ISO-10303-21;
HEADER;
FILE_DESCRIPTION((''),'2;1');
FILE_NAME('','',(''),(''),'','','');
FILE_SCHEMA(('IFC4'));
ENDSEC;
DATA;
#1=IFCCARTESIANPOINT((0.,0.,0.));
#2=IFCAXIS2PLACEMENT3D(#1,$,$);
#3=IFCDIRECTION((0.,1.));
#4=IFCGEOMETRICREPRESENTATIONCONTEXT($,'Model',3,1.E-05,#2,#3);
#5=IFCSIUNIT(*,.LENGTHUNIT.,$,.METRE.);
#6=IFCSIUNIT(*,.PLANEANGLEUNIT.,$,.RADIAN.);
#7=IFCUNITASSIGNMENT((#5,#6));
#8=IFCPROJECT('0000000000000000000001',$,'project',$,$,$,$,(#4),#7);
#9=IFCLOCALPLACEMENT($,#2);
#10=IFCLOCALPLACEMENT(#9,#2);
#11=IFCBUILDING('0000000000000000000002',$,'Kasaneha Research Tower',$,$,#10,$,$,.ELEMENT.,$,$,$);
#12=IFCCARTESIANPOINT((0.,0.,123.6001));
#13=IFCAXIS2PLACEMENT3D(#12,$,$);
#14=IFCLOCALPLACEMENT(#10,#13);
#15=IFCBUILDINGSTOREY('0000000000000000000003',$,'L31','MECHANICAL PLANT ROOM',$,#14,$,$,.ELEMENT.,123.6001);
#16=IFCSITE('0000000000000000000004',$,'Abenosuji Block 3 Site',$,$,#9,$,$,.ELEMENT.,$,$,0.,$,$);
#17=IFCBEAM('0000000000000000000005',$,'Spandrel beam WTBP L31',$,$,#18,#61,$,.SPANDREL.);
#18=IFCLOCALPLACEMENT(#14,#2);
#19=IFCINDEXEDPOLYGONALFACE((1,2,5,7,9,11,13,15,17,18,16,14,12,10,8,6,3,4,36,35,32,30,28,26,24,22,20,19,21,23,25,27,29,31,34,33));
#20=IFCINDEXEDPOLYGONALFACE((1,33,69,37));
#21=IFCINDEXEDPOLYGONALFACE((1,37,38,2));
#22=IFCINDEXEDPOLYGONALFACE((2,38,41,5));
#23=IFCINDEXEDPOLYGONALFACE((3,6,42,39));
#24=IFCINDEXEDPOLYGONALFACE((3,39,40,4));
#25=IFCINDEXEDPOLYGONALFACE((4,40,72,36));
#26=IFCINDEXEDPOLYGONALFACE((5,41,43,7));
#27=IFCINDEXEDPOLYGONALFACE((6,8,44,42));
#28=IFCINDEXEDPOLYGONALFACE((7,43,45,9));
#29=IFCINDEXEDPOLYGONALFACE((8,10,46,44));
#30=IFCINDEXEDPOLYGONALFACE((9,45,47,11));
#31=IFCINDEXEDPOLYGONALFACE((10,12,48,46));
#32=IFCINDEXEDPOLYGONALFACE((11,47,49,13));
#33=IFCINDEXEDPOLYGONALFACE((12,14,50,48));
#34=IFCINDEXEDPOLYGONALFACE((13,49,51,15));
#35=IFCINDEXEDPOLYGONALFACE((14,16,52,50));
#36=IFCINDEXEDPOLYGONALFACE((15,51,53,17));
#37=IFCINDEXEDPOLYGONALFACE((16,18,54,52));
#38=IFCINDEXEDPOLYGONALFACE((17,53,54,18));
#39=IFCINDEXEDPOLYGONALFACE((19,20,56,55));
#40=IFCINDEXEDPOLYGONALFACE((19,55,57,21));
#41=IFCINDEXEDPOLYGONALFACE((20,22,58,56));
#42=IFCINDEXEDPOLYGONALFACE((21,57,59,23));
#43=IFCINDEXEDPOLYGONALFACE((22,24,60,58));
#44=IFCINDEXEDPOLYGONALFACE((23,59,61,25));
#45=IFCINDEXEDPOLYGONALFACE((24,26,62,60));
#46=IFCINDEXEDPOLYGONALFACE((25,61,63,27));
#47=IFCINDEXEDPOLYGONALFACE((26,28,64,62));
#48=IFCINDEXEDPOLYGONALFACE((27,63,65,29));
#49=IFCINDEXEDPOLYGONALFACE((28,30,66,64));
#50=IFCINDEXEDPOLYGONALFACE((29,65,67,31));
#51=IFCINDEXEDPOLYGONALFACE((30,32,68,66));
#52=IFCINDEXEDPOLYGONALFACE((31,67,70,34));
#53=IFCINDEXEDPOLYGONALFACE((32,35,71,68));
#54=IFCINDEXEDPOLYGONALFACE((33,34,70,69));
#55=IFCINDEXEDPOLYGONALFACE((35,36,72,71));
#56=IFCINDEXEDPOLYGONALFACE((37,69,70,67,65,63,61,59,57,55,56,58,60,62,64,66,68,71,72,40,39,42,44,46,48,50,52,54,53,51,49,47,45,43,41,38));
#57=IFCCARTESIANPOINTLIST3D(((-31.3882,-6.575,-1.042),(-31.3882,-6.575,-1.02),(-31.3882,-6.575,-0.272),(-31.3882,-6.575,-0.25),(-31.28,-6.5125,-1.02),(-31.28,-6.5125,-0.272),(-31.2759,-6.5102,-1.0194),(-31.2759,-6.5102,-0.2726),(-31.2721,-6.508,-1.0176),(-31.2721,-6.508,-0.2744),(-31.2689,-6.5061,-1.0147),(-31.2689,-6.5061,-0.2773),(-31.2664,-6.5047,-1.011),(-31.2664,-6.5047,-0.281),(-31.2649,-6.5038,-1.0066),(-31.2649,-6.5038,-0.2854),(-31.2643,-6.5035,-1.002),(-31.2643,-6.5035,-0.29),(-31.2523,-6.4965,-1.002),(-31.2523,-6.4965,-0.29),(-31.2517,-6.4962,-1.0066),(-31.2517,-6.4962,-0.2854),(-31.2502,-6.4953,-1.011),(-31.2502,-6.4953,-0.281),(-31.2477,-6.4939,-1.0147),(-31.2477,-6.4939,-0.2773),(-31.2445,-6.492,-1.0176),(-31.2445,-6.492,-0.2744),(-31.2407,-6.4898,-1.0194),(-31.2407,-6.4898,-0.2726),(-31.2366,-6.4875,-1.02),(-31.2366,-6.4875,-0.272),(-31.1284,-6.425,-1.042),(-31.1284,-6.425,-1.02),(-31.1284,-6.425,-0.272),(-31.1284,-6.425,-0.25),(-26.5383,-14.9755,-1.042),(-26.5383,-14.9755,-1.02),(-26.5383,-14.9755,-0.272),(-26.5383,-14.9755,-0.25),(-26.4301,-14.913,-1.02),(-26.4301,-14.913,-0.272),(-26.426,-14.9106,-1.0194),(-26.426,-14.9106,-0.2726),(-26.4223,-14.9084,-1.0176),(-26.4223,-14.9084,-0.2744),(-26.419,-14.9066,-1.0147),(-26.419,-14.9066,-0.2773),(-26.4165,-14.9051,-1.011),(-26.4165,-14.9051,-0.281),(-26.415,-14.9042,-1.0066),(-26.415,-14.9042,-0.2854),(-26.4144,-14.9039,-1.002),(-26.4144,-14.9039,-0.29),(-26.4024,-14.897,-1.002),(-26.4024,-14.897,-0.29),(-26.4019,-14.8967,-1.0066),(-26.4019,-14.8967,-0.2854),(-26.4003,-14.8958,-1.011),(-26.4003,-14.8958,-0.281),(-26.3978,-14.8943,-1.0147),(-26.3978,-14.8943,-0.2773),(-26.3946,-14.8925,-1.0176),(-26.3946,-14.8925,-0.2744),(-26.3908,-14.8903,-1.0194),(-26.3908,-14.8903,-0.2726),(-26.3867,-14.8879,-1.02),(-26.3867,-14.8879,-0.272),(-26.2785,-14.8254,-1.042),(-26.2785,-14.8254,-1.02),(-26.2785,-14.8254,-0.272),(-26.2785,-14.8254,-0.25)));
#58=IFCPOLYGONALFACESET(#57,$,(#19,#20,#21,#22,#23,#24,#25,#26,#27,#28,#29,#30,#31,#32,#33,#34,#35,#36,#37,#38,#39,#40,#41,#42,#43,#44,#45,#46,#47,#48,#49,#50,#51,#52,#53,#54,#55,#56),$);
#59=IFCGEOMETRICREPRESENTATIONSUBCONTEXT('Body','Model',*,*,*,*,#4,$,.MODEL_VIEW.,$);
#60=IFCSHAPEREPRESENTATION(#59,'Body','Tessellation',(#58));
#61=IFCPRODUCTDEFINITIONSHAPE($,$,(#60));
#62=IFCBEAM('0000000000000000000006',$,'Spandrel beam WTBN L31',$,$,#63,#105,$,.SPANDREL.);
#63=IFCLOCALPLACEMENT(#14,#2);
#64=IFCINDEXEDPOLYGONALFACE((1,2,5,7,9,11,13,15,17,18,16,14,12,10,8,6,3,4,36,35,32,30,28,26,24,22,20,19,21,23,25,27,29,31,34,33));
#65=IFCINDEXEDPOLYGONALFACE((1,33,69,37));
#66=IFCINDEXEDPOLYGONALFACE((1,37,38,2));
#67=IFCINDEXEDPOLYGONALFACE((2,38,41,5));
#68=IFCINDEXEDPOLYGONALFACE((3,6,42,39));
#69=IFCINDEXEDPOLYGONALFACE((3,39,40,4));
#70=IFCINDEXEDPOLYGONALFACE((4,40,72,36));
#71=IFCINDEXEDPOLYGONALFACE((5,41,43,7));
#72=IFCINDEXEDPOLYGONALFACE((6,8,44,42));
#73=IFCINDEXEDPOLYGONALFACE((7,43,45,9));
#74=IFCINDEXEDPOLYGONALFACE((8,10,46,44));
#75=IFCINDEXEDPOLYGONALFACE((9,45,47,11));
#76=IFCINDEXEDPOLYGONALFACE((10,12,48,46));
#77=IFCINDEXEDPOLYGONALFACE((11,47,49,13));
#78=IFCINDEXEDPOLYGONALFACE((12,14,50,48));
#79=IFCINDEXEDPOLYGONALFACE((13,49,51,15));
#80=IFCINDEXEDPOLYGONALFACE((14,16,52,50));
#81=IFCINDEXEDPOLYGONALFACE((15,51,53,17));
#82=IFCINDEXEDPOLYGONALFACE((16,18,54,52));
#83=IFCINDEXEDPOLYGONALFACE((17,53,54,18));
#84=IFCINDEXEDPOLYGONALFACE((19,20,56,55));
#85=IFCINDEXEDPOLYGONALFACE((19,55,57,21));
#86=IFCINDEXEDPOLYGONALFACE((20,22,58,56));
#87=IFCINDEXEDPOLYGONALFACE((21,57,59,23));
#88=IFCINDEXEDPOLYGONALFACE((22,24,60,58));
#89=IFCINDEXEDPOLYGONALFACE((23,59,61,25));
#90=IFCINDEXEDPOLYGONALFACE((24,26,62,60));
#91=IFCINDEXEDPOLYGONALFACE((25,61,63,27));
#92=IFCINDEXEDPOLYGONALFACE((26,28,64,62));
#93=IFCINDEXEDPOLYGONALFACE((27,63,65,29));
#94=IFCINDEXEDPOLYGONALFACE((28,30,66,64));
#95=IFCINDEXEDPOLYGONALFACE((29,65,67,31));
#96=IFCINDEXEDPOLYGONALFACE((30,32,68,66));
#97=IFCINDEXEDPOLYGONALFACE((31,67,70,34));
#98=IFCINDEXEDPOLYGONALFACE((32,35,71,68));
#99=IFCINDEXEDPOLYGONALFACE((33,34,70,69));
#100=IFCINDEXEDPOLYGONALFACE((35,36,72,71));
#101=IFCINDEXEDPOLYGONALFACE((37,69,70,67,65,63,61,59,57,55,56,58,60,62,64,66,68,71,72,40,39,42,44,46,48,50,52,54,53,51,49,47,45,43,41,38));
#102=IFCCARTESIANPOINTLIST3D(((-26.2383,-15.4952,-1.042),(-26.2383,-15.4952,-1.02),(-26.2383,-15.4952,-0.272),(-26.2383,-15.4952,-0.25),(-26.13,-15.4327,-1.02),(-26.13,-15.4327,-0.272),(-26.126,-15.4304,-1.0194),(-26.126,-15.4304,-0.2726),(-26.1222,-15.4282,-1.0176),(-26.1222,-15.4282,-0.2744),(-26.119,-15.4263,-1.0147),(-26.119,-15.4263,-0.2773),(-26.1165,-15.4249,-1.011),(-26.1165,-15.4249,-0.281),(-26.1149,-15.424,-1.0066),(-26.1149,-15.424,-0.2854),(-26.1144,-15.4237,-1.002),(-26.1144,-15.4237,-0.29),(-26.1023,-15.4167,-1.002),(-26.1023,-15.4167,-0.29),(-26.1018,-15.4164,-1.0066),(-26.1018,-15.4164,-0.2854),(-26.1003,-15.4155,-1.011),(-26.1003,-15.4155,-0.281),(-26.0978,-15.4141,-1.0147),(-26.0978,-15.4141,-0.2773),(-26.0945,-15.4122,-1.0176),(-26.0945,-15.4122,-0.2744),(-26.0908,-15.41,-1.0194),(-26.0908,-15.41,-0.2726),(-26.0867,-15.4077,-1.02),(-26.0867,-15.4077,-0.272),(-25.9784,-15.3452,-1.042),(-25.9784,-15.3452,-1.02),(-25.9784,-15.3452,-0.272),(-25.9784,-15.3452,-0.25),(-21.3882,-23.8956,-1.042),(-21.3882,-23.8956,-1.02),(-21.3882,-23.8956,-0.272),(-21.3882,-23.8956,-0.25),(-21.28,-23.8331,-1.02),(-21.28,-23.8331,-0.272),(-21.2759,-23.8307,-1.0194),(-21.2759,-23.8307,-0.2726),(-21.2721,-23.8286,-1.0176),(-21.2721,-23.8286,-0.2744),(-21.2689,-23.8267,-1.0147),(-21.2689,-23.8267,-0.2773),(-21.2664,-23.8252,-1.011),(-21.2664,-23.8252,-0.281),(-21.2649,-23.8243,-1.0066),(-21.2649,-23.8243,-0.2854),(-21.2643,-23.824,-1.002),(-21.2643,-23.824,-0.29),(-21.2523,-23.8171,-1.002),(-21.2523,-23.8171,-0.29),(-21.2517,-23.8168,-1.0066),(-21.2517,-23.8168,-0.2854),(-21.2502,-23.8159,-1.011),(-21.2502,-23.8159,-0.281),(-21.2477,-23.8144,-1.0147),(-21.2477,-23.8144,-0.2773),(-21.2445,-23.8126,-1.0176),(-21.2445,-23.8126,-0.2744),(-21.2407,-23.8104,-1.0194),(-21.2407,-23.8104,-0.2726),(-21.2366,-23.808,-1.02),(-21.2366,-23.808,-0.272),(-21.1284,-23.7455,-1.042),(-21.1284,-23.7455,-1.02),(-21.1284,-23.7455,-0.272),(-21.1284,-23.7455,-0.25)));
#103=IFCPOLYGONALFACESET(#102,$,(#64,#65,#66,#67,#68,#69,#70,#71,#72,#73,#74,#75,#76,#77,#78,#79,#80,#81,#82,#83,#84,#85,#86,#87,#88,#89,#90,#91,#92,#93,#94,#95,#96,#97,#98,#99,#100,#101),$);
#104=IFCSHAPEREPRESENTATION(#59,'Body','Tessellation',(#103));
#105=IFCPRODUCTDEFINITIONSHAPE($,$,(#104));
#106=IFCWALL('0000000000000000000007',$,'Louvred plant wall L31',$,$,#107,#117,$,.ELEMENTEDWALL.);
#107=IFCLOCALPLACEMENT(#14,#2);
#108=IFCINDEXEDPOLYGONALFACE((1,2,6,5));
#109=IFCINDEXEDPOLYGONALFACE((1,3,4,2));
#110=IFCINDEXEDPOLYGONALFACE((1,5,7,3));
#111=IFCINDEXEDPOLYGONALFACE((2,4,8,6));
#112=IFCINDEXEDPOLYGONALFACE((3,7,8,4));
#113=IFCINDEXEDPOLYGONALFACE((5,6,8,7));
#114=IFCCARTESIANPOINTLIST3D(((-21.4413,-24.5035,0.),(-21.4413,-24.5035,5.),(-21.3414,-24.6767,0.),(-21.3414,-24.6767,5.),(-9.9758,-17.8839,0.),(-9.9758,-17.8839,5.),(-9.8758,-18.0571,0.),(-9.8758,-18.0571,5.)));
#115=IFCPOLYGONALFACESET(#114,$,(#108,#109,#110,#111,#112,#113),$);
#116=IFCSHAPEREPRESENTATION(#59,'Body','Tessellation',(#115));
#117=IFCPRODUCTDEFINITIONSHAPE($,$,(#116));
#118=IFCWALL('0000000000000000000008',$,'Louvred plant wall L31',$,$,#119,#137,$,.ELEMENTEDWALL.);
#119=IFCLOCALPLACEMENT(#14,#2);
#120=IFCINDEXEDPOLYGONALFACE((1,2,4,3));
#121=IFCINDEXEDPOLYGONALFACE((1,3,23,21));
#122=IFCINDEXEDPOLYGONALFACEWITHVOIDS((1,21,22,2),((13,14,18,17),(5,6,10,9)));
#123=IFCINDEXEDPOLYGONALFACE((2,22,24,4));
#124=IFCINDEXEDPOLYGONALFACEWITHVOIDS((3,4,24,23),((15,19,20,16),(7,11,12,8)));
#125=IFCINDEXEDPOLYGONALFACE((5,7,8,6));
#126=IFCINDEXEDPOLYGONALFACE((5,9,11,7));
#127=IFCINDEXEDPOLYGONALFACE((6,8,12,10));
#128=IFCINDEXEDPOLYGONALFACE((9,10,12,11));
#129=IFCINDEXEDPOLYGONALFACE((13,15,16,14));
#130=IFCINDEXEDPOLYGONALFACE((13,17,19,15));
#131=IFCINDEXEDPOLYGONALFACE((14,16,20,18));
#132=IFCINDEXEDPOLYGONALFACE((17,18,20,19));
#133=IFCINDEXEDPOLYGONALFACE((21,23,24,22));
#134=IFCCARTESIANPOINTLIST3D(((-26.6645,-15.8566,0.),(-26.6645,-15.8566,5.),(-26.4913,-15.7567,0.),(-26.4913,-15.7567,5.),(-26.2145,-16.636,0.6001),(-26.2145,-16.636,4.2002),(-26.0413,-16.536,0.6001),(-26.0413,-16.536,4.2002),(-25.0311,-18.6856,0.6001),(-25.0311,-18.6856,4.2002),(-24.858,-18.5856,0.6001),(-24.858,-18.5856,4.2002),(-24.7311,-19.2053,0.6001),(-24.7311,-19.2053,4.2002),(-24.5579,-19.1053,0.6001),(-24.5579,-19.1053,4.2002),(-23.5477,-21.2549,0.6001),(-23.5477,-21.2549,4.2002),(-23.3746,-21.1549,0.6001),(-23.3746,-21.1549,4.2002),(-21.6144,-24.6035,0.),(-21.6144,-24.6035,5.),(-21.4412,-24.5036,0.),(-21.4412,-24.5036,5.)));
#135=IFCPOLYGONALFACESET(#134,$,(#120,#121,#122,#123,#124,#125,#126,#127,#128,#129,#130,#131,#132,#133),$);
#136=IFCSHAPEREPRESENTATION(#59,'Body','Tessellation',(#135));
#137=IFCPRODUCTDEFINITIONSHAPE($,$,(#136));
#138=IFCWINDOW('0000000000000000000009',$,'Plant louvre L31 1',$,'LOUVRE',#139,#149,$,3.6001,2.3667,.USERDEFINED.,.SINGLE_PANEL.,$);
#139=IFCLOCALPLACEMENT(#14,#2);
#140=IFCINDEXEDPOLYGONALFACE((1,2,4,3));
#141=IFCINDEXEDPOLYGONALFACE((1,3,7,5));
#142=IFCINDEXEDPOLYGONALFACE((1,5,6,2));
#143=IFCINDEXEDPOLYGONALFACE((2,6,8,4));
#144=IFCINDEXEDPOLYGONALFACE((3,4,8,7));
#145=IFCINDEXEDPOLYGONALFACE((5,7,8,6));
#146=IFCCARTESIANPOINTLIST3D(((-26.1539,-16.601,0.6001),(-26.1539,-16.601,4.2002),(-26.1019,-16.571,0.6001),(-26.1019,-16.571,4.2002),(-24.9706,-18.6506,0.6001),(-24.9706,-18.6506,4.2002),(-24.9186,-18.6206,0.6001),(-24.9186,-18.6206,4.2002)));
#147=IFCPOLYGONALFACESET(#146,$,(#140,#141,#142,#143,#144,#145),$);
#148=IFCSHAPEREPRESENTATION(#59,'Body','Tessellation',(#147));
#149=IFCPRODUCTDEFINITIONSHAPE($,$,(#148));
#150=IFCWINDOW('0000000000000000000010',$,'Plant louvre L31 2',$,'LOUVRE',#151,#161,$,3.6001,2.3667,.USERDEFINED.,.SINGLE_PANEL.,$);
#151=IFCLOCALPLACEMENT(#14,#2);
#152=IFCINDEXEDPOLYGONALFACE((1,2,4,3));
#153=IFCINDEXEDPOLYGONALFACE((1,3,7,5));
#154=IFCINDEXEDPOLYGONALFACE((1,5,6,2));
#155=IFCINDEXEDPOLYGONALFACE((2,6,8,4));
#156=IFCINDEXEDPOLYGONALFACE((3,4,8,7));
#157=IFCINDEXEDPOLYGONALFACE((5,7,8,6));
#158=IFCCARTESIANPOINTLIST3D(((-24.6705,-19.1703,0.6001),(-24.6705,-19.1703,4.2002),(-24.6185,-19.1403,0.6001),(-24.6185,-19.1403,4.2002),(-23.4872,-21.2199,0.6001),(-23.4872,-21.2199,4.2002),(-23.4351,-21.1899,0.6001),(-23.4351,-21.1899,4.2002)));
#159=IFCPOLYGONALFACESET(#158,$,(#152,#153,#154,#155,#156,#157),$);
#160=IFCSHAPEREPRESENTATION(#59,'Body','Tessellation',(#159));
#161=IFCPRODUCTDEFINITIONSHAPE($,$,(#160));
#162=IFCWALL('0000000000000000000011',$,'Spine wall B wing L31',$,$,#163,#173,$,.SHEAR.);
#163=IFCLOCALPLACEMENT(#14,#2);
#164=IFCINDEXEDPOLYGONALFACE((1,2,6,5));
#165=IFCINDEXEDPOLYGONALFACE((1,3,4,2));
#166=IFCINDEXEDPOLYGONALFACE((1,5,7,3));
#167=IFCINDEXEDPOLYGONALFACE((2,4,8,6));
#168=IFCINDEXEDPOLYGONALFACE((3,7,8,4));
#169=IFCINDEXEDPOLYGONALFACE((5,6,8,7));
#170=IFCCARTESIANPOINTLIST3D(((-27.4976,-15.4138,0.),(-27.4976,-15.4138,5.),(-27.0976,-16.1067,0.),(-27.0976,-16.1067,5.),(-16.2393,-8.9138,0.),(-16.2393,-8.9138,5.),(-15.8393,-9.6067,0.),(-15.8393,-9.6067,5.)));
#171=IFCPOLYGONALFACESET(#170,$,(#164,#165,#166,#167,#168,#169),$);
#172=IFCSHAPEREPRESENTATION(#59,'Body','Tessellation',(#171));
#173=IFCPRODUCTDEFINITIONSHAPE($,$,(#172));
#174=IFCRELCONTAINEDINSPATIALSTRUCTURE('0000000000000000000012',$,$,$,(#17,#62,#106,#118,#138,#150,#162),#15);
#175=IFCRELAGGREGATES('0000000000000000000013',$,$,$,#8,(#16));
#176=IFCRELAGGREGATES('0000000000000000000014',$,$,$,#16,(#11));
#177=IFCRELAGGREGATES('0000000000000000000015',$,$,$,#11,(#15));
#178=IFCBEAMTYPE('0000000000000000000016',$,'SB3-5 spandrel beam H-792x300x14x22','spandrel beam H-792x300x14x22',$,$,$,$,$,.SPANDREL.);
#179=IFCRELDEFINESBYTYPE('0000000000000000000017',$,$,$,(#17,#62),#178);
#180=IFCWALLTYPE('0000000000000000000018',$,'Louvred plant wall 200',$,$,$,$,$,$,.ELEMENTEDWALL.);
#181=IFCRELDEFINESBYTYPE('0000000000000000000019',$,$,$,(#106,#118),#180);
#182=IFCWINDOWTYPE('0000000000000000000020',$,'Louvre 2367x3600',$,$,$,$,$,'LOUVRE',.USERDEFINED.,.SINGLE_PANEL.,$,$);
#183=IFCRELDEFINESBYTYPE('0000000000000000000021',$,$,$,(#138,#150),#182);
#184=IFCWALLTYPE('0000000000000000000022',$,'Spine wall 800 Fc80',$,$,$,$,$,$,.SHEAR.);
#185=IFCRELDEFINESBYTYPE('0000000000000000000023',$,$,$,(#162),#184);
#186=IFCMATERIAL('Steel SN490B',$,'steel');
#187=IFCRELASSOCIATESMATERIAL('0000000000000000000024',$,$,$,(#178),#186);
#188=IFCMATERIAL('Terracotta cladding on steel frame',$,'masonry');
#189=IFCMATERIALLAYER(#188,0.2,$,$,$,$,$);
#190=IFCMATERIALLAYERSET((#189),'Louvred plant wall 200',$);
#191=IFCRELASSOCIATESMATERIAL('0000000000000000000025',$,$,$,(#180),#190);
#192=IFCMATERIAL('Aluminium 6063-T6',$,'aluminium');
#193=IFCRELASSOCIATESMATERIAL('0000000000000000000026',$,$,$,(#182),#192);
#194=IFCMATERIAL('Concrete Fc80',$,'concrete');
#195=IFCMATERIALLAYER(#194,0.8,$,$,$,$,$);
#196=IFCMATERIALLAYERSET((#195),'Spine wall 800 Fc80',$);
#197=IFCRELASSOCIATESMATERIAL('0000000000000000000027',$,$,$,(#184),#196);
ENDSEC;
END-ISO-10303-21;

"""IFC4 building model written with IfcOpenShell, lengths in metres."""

from ifc_helpers import new_model, si_unit, direction, frame, frame_2d, origin, origin_2d, place, context, subcontext, project, spatial, rectangle, i_section, extrude, material, layer, layer_set, material_profile, profile_set, type_object, element, fill, save


model = new_model("IFC4")

# Units and contexts
model_context = context("Model", 3, precision=1e-05, world=origin(), true_north=direction((0.0, 1.0)))
body_context = subcontext(model_context, "Body", "Model", "MODEL_VIEW")
ifc_project = project(units=[si_unit("LENGTHUNIT", "METRE"), si_unit("PLANEANGLEUNIT", "RADIAN")], contexts=[model_context])

# Site, building, storey
site_placement = place(None, origin())
site = spatial("IfcSite", under=ifc_project, at=site_placement, Name="Abenosuji Block 3 Site", CompositionType="ELEMENT", RefElevation=0.0)
building_placement = place(site_placement, origin())
building = spatial("IfcBuilding", under=site, at=building_placement, Name="Kasaneha Research Tower", CompositionType="ELEMENT")
storey_placement = place(building_placement, frame((0.0, 0.0, 123.6001)))
storey = spatial("IfcBuildingStorey", under=building, at=storey_placement, Name="L31", Description="MECHANICAL PLANT ROOM", CompositionType="ELEMENT", Elevation=123.6001)

# Beams
ifc_material_1 = material(Name="Steel SN490B", Category="steel")
ifc_material_profile_1 = material_profile(ifc_material_1, i_section(OverallWidth=0.3, OverallDepth=0.792, WebThickness=0.0139, FlangeThickness=0.022, FilletRadius=0.0181, at=origin_2d()), Name="H-792x300x14x22")
ifc_profile_set_1 = profile_set([ifc_material_profile_1], Name="Steel SN490B")
beam_type_1 = type_object("IfcBeamType", Name="SB3-5 spandrel beam H-792x300x14x22", Description="spandrel beam H-792x300x14x22", PredefinedType="SPANDREL", material=ifc_profile_set_1)
for number, where, z_axis, x_axis, name in (
    (1, (-31.2583, -6.5, -0.646), (0.499991, -0.866031, 0.0), (0.866031, 0.499991, 0.0), "Spandrel beam WTBP L31"),
    (2, (-21.2583, -23.8206, -0.646), (-0.50001, 0.86602, 0.0), (-0.86602, -0.50001, 0.0), "Spandrel beam WTBN L31"),
):
    element("IfcBeam", number, at=place(storey_placement, frame(where, z_axis=z_axis, x_axis=x_axis)), inside=storey, type_object=beam_type_1, Name=name, PredefinedType="SPANDREL", context=body_context, shape_type="SweptSolid", body=[
        extrude(i_section(OverallWidth=0.3, OverallDepth=0.792, WebThickness=0.0139, FlangeThickness=0.022, FilletRadius=0.0181, at=origin_2d()), origin(), (0.0, 0.0, 1.0), 9.7),
    ])

# Wall
ifc_material_2 = material(Name="Terracotta cladding on steel frame", Category="masonry")
ifc_layer_1 = layer(ifc_material_2, 0.2)
ifc_layer_set_1 = layer_set([ifc_layer_1], Name="Louvred plant wall 200")
wall_type_1 = type_object("IfcWallType", Name="Louvred plant wall 200", PredefinedType="ELEMENTEDWALL", material=ifc_layer_set_1)
wall_1_placement = place(storey_placement, frame((-21.3914, -24.5901, 0.0), z_axis=(0.0, 0.0, 1.0), x_axis=(0.866026, 0.499999, 0.0)))
element("IfcWall", 3, at=wall_1_placement, inside=storey, type_object=wall_type_1, Name="Louvred plant wall L31", PredefinedType="ELEMENTEDWALL", context=body_context, shape_type="SweptSolid", body=[
    extrude(rectangle(XDim=13.2393, YDim=0.2, at=frame_2d((6.6196, 0.0))), origin(), (0.0, 0.0, 1.0), 5.0),
])

# Wall, openings, windows
wall_2_placement = place(storey_placement, frame((-26.5779, -15.8066, 0.0), z_axis=(0.0, 0.0, 1.0), x_axis=(0.500005, -0.866023, 0.0)))
wall_2 = element("IfcWall", 4, at=wall_2_placement, inside=storey, type_object=wall_type_1, Name="Louvred plant wall L31", PredefinedType="ELEMENTEDWALL", context=body_context, shape_type="SweptSolid", body=[
    extrude(rectangle(XDim=10.1001, YDim=0.2, at=frame_2d((5.05, 0.0))), origin(), (0.0, 0.0, 1.0), 5.0),
])
opening_1_placement = place(wall_2_placement, frame((0.8999, 0.0, 0.6001)))
opening_1 = element("IfcOpeningElement", 5, at=opening_1_placement, cuts=wall_2, PredefinedType="OPENING", context=body_context, shape_type="SweptSolid", body=[
    extrude(rectangle(XDim=2.3667, YDim=3.6001, at=frame_2d((1.1833, 1.8))), frame((0.0, 0.1099, 0.0), z_axis=(0.0, -1.0, 0.0), x_axis=(1.0, 0.0, 0.0)), (0.0, 0.0, 1.0), 0.22),
])
opening_2_placement = place(wall_2_placement, frame((3.8667, 0.0, 0.6001)))
opening_2 = element("IfcOpeningElement", 6, at=opening_2_placement, cuts=wall_2, PredefinedType="OPENING", context=body_context, shape_type="SweptSolid", body=[
    extrude(rectangle(XDim=2.3667, YDim=3.6001, at=frame_2d((1.1833, 1.8))), frame((0.0, 0.1099, 0.0), z_axis=(0.0, -1.0, 0.0), x_axis=(1.0, 0.0, 0.0)), (0.0, 0.0, 1.0), 0.22),
])
ifc_material_3 = material(Name="Aluminium 6063-T6", Category="aluminium")
window_type = type_object("IfcWindowType", Name="Louvre 2367x3600", ElementType="LOUVRE", PartitioningType="SINGLE_PANEL", PredefinedType="USERDEFINED", material=ifc_material_3)
window_1_placement = place(opening_1_placement, origin())
window_1 = element("IfcWindow", 7, at=window_1_placement, inside=storey, type_object=window_type, Name="Plant louvre L31 1", ObjectType="LOUVRE", OverallHeight=3.6001, OverallWidth=2.3667, PartitioningType="SINGLE_PANEL", PredefinedType="USERDEFINED", context=body_context, shape_type="SweptSolid", body=[
    extrude(rectangle(XDim=2.3667, YDim=3.6001, at=frame_2d((1.1833, 1.8))), frame((0.0, 0.03, 0.0), z_axis=(0.0, -1.0, 0.0), x_axis=(1.0, 0.0, 0.0)), (0.0, 0.0, 1.0), 0.0601),
])
fill(opening_1, window_1)
window_2_placement = place(opening_2_placement, origin())
window_2 = element("IfcWindow", 8, at=window_2_placement, inside=storey, type_object=window_type, Name="Plant louvre L31 2", ObjectType="LOUVRE", OverallHeight=3.6001, OverallWidth=2.3667, PartitioningType="SINGLE_PANEL", PredefinedType="USERDEFINED", context=body_context, shape_type="SweptSolid", body=[
    extrude(rectangle(XDim=2.3667, YDim=3.6001, at=frame_2d((1.1833, 1.8))), frame((0.0, 0.03, 0.0), z_axis=(0.0, -1.0, 0.0), x_axis=(1.0, 0.0, 0.0)), (0.0, 0.0, 1.0), 0.0601),
])
fill(opening_2, window_2)

# Wall
ifc_material_4 = material(Name="Concrete Fc80", Category="concrete")
ifc_layer_2 = layer(ifc_material_4, 0.8)
ifc_layer_set_2 = layer_set([ifc_layer_2], Name="Spine wall 800 Fc80")
wall_type_2 = type_object("IfcWallType", Name="Spine wall 800 Fc80", PredefinedType="SHEAR", material=ifc_layer_set_2)
wall_3_placement = place(storey_placement, frame((-16.0393, -9.2603, 0.0), z_axis=(0.0, 0.0, 1.0), x_axis=(-0.866025, -0.500001, 0.0)))
element("IfcWall", 9, at=wall_3_placement, inside=storey, type_object=wall_type_2, Name="Spine wall B wing L31", PredefinedType="SHEAR", context=body_context, shape_type="SweptSolid", body=[
    extrude(rectangle(XDim=13.0, YDim=0.8, at=frame_2d((6.5, 0.0))), origin(), (0.0, 0.0, 1.0), 5.0),
])

save(model, "model.ifc")
